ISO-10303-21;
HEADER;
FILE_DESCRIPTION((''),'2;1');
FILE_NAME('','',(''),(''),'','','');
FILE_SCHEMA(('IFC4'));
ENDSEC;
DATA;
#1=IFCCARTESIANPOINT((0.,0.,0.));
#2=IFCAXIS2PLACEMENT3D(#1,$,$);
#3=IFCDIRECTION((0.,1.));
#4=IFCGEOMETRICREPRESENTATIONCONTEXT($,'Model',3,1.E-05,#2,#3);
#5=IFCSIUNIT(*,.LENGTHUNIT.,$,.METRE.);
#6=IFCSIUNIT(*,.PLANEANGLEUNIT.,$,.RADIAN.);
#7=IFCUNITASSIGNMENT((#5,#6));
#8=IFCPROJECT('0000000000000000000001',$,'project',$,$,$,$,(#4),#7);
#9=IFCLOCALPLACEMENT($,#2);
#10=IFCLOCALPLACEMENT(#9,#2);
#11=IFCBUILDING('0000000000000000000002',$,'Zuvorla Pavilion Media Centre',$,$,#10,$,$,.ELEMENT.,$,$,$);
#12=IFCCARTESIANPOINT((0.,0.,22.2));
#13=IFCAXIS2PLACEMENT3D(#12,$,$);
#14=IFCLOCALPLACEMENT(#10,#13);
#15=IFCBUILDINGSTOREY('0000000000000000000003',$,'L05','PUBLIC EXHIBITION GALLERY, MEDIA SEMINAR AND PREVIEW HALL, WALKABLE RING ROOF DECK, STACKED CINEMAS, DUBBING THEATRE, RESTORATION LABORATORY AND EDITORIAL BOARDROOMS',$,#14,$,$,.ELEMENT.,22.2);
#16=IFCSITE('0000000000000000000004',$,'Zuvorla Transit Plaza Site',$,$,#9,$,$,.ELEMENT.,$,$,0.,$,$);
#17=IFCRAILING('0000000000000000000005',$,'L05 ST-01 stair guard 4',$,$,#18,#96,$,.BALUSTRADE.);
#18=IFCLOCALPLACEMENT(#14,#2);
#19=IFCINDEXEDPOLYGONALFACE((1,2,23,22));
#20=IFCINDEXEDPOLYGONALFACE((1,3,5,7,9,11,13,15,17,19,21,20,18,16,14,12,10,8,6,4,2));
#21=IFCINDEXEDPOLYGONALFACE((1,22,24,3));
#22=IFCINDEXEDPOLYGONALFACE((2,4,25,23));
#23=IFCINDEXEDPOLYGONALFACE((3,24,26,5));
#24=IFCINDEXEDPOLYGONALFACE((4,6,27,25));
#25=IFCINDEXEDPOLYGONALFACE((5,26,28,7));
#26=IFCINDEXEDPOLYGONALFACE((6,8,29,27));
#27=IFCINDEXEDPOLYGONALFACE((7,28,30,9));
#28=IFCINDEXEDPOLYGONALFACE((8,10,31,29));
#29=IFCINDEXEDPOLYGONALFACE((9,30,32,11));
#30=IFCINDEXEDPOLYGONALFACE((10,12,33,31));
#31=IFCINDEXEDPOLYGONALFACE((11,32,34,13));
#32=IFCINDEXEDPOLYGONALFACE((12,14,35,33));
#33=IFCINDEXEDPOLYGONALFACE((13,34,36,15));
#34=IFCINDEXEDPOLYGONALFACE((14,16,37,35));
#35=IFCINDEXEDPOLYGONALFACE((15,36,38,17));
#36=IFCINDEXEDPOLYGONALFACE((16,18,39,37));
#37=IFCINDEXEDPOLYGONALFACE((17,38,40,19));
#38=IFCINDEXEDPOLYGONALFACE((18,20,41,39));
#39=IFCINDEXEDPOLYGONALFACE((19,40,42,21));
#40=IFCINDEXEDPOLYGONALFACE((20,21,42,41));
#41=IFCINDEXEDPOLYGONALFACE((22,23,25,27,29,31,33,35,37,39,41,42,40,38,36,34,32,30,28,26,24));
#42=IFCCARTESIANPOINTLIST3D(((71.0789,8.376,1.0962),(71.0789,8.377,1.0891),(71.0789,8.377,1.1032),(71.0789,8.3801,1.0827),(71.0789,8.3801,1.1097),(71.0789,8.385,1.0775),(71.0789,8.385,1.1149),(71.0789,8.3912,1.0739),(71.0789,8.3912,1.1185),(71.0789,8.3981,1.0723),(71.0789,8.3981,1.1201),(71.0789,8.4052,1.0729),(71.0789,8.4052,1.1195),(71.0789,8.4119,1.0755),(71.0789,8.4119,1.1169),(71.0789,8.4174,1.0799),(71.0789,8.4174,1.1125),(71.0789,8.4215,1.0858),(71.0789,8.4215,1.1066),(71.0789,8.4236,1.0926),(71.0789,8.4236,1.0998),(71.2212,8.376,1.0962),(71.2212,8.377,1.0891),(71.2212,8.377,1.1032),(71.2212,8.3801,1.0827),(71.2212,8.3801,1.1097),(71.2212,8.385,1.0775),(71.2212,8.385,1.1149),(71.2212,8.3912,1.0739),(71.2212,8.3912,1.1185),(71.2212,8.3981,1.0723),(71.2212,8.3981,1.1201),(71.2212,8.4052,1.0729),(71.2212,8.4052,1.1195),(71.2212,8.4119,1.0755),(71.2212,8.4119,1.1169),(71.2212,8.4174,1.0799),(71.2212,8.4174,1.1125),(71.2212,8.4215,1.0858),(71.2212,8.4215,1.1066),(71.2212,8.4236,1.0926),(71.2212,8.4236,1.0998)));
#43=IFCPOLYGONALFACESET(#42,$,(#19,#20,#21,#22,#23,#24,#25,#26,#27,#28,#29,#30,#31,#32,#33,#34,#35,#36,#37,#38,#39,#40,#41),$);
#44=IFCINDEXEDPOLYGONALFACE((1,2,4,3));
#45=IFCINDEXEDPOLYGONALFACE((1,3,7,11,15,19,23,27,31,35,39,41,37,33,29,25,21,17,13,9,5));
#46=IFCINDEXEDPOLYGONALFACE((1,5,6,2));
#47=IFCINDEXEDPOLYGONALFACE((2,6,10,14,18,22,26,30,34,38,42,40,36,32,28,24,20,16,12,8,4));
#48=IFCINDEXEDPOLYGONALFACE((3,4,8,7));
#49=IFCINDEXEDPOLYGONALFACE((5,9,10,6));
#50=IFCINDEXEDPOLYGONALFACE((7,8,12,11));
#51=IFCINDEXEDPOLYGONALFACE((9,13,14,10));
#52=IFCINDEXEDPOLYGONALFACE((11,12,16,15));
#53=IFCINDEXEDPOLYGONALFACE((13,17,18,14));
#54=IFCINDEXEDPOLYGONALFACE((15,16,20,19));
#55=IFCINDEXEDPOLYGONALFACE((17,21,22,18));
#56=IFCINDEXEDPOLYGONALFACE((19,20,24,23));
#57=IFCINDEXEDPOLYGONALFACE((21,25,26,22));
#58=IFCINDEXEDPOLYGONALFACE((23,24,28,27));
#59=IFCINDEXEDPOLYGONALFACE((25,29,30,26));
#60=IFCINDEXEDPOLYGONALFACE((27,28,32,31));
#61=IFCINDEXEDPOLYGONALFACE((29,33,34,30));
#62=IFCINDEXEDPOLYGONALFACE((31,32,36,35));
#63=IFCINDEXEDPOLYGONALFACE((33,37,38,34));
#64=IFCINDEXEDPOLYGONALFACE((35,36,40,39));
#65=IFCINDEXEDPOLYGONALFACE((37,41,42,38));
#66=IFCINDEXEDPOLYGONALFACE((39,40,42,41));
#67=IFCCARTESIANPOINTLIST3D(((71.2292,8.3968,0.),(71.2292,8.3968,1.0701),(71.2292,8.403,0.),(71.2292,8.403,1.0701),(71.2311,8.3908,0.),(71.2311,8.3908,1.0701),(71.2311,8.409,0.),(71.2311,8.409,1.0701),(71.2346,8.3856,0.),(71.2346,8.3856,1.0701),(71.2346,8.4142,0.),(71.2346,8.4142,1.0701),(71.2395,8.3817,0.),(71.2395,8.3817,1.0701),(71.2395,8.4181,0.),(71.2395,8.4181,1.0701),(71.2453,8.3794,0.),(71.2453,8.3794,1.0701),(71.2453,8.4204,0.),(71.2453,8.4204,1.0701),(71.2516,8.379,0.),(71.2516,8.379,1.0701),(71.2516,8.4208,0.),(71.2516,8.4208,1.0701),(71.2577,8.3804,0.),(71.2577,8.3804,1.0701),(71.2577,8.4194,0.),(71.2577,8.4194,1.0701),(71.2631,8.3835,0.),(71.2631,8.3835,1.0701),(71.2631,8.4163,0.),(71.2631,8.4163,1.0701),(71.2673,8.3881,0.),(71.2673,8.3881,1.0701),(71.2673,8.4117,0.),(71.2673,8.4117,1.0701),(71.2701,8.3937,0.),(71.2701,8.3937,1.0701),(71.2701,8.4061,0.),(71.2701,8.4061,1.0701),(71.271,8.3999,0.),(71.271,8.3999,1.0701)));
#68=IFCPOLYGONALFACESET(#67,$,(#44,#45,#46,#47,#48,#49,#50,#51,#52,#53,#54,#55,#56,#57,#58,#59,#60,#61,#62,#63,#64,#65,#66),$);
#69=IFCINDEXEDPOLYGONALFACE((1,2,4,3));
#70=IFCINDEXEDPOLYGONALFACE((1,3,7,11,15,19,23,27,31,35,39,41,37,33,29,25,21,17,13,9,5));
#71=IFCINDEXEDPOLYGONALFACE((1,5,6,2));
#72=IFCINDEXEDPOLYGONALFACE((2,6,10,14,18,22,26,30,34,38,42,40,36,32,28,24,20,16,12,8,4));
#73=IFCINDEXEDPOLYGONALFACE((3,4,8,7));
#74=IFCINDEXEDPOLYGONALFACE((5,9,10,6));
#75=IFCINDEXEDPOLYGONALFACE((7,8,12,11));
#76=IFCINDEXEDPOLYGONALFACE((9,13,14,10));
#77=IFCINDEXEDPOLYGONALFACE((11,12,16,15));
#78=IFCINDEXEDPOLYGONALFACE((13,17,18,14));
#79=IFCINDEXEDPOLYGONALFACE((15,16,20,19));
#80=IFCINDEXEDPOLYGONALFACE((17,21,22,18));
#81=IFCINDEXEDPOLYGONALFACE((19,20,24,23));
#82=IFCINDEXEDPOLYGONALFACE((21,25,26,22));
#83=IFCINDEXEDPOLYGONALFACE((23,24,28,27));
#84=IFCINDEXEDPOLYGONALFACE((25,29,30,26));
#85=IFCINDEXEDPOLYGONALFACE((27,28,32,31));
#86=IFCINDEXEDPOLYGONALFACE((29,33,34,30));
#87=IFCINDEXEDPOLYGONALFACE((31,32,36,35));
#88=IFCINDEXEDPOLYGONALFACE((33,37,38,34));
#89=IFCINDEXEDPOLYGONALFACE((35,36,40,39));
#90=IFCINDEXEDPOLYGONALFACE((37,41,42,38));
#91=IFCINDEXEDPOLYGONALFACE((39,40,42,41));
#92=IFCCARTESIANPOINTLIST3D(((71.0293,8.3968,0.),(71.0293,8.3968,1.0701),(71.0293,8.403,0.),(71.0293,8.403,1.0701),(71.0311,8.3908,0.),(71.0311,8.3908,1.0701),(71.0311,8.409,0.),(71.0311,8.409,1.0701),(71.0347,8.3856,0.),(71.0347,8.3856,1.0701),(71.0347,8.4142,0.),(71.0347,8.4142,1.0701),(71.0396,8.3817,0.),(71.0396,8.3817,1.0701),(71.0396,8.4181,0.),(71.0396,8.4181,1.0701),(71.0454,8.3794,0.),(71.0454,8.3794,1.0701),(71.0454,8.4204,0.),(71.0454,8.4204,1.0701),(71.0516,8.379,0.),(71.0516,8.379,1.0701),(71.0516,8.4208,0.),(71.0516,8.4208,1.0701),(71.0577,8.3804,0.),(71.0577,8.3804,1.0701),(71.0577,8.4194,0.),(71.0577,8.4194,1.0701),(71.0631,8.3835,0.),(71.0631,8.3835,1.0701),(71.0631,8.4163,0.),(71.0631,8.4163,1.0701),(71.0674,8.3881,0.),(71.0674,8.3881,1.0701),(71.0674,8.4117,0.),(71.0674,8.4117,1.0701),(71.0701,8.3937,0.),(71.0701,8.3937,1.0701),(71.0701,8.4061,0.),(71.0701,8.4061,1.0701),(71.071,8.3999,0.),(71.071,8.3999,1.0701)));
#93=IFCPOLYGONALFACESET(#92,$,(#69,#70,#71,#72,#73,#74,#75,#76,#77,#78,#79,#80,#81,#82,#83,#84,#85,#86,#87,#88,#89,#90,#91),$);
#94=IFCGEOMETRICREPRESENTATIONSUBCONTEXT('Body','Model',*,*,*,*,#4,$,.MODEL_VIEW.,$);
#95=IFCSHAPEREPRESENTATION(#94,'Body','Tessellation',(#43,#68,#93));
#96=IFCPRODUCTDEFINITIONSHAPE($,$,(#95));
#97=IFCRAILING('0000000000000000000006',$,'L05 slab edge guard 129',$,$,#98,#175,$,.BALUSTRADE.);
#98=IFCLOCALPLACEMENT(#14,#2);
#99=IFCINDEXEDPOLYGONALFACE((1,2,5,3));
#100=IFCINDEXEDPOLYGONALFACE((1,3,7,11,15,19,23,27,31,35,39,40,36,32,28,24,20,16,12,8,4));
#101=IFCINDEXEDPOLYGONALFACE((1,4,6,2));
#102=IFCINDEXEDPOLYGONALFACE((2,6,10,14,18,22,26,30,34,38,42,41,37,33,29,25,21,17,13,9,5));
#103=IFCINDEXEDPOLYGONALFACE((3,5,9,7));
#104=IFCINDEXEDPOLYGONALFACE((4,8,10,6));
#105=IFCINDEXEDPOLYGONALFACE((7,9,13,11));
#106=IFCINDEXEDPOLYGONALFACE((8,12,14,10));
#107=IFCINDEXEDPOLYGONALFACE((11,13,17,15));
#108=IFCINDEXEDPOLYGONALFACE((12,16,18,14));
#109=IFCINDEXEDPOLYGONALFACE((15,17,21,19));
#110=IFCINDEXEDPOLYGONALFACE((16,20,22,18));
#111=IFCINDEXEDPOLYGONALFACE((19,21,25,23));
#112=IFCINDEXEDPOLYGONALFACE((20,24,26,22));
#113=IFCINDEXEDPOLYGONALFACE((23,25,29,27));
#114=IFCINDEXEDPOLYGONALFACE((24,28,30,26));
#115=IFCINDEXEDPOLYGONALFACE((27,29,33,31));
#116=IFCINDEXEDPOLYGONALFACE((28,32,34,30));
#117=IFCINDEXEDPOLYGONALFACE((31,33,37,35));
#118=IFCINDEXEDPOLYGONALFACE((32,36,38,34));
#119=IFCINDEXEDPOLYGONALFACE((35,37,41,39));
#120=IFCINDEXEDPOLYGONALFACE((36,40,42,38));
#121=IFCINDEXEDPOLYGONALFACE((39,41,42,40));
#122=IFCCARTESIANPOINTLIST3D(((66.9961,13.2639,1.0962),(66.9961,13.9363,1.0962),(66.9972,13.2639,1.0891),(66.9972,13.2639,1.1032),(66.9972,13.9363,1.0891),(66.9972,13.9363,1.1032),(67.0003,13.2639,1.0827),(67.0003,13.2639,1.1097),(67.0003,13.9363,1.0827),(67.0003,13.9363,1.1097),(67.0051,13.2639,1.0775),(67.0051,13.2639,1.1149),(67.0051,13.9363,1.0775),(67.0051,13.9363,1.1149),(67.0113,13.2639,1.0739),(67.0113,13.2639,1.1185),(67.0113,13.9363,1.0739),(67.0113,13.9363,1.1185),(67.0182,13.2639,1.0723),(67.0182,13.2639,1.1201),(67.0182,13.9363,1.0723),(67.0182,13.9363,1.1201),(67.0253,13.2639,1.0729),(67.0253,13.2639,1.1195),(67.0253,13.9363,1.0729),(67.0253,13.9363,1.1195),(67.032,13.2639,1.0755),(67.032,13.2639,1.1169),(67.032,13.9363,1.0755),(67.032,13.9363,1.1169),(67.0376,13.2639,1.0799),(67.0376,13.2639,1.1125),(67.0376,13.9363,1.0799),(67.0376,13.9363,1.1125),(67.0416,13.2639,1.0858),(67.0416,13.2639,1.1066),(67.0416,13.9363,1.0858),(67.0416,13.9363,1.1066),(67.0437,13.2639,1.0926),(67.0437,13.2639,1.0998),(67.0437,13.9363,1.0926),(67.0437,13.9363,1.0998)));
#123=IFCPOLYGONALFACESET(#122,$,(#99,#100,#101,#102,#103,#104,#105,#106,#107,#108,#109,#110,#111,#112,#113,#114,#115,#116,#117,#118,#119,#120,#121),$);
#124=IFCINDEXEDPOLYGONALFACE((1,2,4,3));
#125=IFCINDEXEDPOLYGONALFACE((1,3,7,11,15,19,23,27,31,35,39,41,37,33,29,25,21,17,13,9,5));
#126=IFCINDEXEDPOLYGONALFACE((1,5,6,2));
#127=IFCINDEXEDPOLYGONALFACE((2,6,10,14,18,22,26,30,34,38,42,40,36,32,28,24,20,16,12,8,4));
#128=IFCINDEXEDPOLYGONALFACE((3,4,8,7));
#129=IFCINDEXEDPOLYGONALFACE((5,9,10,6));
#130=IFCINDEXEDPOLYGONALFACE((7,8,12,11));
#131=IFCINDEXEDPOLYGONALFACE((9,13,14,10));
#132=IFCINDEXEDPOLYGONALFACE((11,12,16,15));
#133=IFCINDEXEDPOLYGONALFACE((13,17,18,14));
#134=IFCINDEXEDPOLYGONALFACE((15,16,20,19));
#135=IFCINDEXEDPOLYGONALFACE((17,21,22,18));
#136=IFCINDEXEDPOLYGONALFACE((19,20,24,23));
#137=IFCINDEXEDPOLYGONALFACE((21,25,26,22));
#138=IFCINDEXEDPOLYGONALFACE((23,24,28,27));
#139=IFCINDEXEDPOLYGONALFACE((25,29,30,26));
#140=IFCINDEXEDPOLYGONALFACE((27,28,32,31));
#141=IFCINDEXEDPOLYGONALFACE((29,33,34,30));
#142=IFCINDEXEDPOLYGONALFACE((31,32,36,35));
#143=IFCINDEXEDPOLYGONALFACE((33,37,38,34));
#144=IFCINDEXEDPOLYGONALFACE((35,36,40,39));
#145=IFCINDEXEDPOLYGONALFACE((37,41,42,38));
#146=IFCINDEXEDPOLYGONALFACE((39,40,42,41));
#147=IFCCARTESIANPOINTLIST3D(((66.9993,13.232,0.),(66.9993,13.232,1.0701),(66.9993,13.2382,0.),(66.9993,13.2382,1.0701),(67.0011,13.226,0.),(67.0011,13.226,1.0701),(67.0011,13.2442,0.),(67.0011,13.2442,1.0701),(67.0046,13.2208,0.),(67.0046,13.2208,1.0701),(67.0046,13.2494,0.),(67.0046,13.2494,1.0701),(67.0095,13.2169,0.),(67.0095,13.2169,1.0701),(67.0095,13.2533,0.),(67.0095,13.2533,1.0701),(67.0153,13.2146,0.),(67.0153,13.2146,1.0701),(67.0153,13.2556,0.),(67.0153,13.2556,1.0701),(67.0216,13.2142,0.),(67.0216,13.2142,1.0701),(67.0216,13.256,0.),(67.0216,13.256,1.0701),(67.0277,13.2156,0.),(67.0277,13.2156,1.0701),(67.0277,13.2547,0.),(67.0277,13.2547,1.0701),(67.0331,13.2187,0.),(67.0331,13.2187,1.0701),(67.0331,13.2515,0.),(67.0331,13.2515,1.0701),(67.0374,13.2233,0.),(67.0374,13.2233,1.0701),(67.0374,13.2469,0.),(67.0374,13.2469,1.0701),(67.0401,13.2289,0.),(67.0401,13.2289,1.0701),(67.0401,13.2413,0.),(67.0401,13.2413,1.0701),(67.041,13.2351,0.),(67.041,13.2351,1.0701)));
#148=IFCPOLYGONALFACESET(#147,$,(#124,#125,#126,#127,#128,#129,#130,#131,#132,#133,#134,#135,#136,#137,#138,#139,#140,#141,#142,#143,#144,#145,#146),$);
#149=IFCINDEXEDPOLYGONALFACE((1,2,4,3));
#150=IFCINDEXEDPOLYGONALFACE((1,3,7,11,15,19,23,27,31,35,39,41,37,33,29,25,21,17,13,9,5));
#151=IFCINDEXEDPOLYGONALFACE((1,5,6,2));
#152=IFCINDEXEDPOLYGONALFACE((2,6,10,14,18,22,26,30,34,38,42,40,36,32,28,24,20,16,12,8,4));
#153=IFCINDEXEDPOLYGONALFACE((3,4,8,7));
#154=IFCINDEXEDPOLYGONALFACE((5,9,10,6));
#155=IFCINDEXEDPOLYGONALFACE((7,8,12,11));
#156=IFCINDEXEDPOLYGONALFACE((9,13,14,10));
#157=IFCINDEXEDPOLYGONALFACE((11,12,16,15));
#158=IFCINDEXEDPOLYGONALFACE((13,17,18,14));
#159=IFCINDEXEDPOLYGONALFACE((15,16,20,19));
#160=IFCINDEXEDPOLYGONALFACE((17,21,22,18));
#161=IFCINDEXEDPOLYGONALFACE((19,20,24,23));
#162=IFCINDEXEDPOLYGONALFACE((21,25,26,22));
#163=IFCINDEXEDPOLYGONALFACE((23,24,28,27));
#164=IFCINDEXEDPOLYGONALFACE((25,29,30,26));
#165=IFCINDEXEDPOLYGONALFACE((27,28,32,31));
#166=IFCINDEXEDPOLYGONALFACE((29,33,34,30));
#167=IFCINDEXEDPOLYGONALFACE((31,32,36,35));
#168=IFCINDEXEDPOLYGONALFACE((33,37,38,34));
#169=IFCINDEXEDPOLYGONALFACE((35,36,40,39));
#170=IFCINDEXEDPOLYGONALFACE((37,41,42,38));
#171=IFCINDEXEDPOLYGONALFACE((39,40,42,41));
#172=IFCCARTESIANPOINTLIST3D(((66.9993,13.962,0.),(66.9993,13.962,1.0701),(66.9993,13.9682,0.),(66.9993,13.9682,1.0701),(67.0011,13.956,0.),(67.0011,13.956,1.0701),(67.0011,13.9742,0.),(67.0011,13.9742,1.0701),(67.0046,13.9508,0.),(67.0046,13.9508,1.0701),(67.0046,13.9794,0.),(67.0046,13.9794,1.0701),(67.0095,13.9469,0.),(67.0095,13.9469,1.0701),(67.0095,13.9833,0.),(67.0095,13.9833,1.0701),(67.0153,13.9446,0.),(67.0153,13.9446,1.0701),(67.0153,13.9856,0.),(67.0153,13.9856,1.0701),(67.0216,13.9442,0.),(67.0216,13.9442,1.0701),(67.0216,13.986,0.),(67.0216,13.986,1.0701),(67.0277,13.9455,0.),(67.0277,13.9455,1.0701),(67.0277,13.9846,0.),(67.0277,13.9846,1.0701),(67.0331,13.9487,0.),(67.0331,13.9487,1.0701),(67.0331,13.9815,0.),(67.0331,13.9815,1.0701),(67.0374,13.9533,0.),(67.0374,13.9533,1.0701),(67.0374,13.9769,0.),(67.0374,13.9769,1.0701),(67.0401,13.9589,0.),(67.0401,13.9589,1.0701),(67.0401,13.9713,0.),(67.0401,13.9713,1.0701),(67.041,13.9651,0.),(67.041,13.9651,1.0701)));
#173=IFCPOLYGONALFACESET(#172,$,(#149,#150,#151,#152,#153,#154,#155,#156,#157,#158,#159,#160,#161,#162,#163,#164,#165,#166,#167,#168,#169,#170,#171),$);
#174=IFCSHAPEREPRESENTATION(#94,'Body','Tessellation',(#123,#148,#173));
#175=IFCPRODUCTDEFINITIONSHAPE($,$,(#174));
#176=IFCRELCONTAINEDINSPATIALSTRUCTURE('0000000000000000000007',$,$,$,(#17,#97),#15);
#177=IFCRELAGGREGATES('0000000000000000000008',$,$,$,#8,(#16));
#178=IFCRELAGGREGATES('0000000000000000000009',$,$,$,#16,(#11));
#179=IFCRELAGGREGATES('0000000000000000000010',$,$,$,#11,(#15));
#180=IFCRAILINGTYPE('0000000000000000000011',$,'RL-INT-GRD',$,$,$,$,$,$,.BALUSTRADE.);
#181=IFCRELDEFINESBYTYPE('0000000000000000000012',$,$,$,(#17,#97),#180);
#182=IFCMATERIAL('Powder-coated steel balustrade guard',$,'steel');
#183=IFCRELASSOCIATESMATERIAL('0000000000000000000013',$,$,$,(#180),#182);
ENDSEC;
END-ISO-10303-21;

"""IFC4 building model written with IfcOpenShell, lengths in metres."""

from ifc_helpers import new_model, si_unit, direction, frame, origin, origin_2d, place, context, subcontext, project, spatial, circle, extrude, material, type_object, element, save


model = new_model("IFC4")

# Units and contexts
model_context = context("Model", 3, precision=1e-05, world=origin(), true_north=direction((0.0, 1.0)))
body_context = subcontext(model_context, "Body", "Model", "MODEL_VIEW")
ifc_project = project(units=[si_unit("LENGTHUNIT", "METRE"), si_unit("PLANEANGLEUNIT", "RADIAN")], contexts=[model_context])

# Site, building, storey
site_placement = place(None, origin())
site = spatial("IfcSite", under=ifc_project, at=site_placement, Name="Zuvorla Transit Plaza Site", CompositionType="ELEMENT", RefElevation=0.0)
building_placement = place(site_placement, origin())
building = spatial("IfcBuilding", under=site, at=building_placement, Name="Zuvorla Pavilion Media Centre", CompositionType="ELEMENT")
storey_placement = place(building_placement, frame((0.0, 0.0, 22.2)))
storey = spatial("IfcBuildingStorey", under=building, at=storey_placement, Name="L05", Description="PUBLIC EXHIBITION GALLERY, MEDIA SEMINAR AND PREVIEW HALL, WALKABLE RING ROOF DECK, STACKED CINEMAS, DUBBING THEATRE, RESTORATION LABORATORY AND EDITORIAL BOARDROOMS", CompositionType="ELEMENT", Elevation=22.2)

# Railings
ifc_material_1 = material(Name="Powder-coated steel balustrade guard", Category="steel")
railing_type_1 = type_object("IfcRailingType", Name="RL-INT-GRD", PredefinedType="BALUSTRADE", material=ifc_material_1)
railing_1_placement = place(storey_placement, frame((71.25, 8.3999, 0.0)))
element("IfcRailing", 1, at=railing_1_placement, inside=storey, type_object=railing_type_1, Name="L05 ST-01 stair guard 4", PredefinedType="BALUSTRADE", context=body_context, shape_type="SweptSolid", body=[
    extrude(circle(Radius=0.0239, at=origin_2d()), frame((-0.0288, 0.0, 1.0962), z_axis=(-1.0, 0.0, 0.0), x_axis=(0.0, -1.0, 0.0)), (0.0, 0.0, 1.0), 0.1423),
    extrude(circle(Radius=0.021, at=origin_2d()), origin(), (0.0, 0.0, 1.0), 1.0701),
    extrude(circle(Radius=0.021, at=origin_2d()), frame((-0.2, 0.0, 0.0)), (0.0, 0.0, 1.0), 1.0701),
])
railing_2_placement = place(storey_placement, frame((67.02, 13.2351, 0.0)))
element("IfcRailing", 2, at=railing_2_placement, inside=storey, type_object=railing_type_1, Name="L05 slab edge guard 129", PredefinedType="BALUSTRADE", context=body_context, shape_type="SweptSolid", body=[
    extrude(circle(Radius=0.0239, at=origin_2d()), frame((0.0, 0.0288, 1.0962), z_axis=(0.0, 1.0, 0.0), x_axis=(-1.0, 0.0, 0.0)), (0.0, 0.0, 1.0), 0.6724),
    extrude(circle(Radius=0.021, at=origin_2d()), origin(), (0.0, 0.0, 1.0), 1.0701),
    extrude(circle(Radius=0.021, at=origin_2d()), frame((0.0, 0.73, 0.0)), (0.0, 0.0, 1.0), 1.0701),
])

save(model, "model.ifc")
